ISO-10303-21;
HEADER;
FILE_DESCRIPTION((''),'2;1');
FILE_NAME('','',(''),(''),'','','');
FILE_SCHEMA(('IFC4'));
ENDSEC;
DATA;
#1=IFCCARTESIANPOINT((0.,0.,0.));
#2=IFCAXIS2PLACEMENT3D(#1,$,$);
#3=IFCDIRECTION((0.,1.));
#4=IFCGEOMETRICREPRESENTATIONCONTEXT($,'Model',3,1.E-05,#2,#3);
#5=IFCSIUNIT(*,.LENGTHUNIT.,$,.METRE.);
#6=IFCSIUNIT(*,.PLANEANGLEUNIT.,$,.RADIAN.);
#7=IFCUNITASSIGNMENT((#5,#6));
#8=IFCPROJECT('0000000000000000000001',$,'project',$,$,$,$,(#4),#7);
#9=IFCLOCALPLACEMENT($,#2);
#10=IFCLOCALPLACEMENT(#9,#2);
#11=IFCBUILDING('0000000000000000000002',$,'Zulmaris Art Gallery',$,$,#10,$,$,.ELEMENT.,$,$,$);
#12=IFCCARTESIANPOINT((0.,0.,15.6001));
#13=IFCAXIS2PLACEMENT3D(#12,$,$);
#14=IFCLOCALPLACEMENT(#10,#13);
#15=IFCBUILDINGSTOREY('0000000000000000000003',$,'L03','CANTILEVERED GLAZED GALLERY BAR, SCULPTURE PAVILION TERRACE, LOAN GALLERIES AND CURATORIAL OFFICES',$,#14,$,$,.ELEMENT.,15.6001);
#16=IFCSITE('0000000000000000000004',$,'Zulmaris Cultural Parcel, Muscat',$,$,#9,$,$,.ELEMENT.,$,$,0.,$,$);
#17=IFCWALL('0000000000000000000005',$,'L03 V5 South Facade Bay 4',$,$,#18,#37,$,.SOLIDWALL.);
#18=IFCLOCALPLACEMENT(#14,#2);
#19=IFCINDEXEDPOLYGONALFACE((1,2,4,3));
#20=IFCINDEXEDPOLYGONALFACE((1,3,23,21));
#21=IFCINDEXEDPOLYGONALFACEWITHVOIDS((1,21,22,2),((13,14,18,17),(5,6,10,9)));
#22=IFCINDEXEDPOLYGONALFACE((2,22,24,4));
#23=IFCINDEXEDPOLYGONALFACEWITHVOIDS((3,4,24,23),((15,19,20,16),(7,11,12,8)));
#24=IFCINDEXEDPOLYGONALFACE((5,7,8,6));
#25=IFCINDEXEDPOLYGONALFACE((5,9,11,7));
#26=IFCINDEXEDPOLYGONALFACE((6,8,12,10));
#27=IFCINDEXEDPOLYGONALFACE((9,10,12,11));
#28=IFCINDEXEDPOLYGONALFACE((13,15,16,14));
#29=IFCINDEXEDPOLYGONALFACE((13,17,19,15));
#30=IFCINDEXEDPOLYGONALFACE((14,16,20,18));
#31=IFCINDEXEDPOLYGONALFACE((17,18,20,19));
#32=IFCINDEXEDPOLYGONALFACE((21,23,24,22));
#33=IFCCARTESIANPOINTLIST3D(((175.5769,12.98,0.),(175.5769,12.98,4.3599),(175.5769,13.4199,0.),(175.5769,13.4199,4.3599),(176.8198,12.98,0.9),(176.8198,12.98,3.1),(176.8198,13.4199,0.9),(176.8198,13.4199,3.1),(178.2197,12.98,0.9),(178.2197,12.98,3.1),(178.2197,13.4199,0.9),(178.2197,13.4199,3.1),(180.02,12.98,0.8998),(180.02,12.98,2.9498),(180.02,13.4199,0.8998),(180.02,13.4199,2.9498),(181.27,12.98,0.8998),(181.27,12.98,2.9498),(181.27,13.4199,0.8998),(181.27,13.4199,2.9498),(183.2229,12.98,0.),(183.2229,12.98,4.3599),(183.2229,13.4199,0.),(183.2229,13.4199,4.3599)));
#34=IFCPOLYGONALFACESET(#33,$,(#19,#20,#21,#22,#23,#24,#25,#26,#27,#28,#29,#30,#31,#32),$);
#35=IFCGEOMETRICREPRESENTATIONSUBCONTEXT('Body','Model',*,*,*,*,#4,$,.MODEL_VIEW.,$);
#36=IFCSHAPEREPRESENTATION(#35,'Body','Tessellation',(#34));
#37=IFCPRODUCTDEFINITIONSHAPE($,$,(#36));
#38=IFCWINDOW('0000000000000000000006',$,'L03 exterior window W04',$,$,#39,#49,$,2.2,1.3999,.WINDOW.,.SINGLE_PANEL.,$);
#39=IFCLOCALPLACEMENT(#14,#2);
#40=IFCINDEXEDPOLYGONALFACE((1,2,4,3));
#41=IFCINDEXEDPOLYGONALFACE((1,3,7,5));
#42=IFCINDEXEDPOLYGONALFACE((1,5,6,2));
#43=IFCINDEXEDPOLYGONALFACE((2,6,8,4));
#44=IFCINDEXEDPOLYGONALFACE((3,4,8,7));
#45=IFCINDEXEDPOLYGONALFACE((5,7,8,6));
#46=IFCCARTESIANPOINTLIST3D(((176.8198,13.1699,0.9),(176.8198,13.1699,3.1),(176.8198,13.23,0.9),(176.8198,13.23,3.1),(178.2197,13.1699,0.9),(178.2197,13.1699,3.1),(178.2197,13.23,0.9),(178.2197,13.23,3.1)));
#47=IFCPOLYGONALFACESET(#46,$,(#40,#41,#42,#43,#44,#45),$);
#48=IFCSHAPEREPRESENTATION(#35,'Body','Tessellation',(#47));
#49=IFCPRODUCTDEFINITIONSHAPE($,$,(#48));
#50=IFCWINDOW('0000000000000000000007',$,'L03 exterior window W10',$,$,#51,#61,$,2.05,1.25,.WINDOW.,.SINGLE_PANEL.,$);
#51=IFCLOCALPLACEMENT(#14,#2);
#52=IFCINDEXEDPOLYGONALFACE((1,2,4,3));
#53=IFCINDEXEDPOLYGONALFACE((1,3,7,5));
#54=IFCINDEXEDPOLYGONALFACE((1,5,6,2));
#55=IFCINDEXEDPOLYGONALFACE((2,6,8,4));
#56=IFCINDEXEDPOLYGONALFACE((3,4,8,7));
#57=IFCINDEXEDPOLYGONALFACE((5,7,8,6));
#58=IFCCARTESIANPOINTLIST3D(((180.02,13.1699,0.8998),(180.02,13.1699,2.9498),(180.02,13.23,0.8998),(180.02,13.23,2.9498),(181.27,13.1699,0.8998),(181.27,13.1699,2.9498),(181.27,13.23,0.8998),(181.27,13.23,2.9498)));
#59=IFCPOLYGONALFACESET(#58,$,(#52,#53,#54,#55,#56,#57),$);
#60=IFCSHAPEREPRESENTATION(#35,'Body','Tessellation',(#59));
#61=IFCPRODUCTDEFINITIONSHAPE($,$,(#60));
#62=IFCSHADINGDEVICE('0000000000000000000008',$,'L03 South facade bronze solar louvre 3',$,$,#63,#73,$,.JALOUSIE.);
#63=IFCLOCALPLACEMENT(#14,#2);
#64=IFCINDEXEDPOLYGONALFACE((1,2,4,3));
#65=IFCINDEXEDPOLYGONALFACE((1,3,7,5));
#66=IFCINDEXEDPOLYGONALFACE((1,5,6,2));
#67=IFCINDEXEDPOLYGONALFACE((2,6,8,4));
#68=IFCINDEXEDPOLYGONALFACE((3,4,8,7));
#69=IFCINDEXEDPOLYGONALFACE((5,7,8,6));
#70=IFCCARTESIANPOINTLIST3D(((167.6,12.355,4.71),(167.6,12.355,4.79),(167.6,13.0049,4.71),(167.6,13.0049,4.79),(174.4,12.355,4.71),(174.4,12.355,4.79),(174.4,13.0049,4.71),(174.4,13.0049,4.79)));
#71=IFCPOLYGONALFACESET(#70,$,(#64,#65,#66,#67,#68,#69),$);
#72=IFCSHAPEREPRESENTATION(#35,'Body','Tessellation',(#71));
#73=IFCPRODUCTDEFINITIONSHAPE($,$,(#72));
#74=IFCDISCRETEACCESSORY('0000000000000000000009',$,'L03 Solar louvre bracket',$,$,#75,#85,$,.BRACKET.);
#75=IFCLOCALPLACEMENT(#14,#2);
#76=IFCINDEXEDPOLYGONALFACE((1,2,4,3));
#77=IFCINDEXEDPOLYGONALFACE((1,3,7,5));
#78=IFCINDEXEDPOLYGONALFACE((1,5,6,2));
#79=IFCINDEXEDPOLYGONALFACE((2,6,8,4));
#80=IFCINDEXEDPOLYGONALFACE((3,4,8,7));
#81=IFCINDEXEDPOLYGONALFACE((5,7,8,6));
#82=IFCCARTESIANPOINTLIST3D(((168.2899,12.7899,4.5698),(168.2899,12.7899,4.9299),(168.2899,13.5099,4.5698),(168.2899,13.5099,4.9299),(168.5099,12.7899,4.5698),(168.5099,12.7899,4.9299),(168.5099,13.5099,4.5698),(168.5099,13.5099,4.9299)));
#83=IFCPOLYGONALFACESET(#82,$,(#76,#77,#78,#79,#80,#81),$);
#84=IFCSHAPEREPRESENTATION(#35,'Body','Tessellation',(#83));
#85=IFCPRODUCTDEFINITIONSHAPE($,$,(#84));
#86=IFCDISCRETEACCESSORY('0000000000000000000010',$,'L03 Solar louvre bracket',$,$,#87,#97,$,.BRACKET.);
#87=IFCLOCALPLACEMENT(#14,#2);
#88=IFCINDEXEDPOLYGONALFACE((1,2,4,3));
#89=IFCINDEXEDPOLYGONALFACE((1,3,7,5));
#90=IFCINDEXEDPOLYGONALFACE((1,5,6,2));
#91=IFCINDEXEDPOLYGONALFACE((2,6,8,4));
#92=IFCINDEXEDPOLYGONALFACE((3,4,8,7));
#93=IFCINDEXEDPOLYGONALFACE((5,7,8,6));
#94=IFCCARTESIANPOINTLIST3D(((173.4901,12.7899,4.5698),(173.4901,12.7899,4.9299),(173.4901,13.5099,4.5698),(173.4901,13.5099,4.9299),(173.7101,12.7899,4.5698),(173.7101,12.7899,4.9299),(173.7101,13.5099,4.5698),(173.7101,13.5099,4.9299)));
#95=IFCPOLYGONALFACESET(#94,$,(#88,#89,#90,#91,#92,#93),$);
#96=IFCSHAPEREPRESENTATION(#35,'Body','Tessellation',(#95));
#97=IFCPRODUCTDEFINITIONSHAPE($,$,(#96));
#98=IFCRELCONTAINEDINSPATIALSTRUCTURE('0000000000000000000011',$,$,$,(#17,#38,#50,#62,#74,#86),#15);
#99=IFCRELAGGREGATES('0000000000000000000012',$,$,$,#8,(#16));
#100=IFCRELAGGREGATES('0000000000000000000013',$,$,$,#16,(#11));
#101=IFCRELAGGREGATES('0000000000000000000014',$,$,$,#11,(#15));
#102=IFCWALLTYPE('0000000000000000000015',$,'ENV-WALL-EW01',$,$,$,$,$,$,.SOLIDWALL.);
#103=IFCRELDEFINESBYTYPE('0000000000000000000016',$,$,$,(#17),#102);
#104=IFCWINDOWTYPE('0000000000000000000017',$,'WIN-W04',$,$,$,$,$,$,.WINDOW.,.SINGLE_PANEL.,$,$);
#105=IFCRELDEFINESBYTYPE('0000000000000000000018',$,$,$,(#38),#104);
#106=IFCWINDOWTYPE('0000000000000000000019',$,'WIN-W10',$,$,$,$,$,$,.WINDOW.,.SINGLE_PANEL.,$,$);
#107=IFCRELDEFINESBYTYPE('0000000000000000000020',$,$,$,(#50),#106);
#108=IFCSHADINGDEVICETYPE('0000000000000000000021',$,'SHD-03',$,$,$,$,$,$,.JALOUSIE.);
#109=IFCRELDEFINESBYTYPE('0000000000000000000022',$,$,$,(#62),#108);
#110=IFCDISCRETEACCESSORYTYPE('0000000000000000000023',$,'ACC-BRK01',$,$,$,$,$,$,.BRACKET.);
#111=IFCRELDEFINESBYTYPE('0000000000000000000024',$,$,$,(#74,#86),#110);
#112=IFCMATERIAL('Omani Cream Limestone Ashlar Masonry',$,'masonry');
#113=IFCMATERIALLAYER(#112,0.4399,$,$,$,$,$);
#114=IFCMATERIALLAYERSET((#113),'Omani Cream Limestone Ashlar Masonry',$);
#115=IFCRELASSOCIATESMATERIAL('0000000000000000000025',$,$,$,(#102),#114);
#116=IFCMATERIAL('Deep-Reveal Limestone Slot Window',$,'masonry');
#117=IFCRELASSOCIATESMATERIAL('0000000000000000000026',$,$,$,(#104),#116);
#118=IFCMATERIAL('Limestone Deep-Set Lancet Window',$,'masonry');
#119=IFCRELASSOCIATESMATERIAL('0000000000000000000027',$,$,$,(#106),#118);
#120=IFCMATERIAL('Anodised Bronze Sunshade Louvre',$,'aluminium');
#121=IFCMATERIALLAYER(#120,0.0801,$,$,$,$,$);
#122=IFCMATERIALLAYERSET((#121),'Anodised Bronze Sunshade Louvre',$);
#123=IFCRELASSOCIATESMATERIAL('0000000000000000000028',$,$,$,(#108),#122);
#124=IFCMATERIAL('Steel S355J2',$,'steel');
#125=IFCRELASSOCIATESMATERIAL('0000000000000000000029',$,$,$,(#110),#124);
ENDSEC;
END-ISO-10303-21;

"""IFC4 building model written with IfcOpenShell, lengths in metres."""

from ifc_helpers import new_model, si_unit, direction, frame, frame_2d, origin, origin_2d, place, context, subcontext, project, spatial, rectangle, extrude, material, layer, layer_set, type_object, element, fill, save


model = new_model("IFC4")

# Units and contexts
model_context = context("Model", 3, precision=1e-05, world=origin(), true_north=direction((0.0, 1.0)))
body_context = subcontext(model_context, "Body", "Model", "MODEL_VIEW")
ifc_project = project(units=[si_unit("LENGTHUNIT", "METRE"), si_unit("PLANEANGLEUNIT", "RADIAN")], contexts=[model_context])

# Site, building, storey
site_placement = place(None, origin())
site = spatial("IfcSite", under=ifc_project, at=site_placement, Name="Zulmaris Cultural Parcel, Muscat", CompositionType="ELEMENT", RefElevation=0.0)
building_placement = place(site_placement, origin())
building = spatial("IfcBuilding", under=site, at=building_placement, Name="Zulmaris Art Gallery", CompositionType="ELEMENT")
storey_placement = place(building_placement, frame((0.0, 0.0, 15.6001)))
storey = spatial("IfcBuildingStorey", under=building, at=storey_placement, Name="L03", Description="CANTILEVERED GLAZED GALLERY BAR, SCULPTURE PAVILION TERRACE, LOAN GALLERIES AND CURATORIAL OFFICES", CompositionType="ELEMENT", Elevation=15.6001)

# Shared definitions
ifc_material_1 = material(Name="Steel S355J2", Category="steel")

# Wall, openings, windows
ifc_material_2 = material(Name="Omani Cream Limestone Ashlar Masonry", Category="masonry")
ifc_layer_1 = layer(ifc_material_2, 0.4399)
ifc_layer_set_1 = layer_set([ifc_layer_1], Name="Omani Cream Limestone Ashlar Masonry")
wall_type = type_object("IfcWallType", Name="ENV-WALL-EW01", PredefinedType="SOLIDWALL", material=ifc_layer_set_1)
ifc_material_3 = material(Name="Deep-Reveal Limestone Slot Window", Category="masonry")
window_type_1 = type_object("IfcWindowType", Name="WIN-W04", PartitioningType="SINGLE_PANEL", PredefinedType="WINDOW", material=ifc_material_3)
ifc_material_4 = material(Name="Limestone Deep-Set Lancet Window", Category="masonry")
window_type_2 = type_object("IfcWindowType", Name="WIN-W10", PartitioningType="SINGLE_PANEL", PredefinedType="WINDOW", material=ifc_material_4)
wall_1_placement = place(storey_placement, frame((175.5769, 13.2, 0.0), z_axis=(0.0, 0.0, 1.0), x_axis=(1.0, 0.0, 0.0)))
wall_1 = element("IfcWall", 1, at=wall_1_placement, inside=storey, type_object=wall_type, Name="L03 V5 South Facade Bay 4", PredefinedType="SOLIDWALL", context=body_context, shape_type="SweptSolid", body=[
    extrude(rectangle(XDim=7.646, YDim=0.4399, at=frame_2d((3.823, 0.0))), origin(), (0.0, 0.0, 1.0), 4.3599),
])
opening_1_placement = place(wall_1_placement, frame((1.2429, 0.0, 0.8999)))
opening_1 = element("IfcOpeningElement", 2, at=opening_1_placement, cuts=wall_1, PredefinedType="OPENING", context=body_context, shape_type="SweptSolid", body=[
    extrude(rectangle(XDim=1.3999, YDim=2.2, at=frame_2d((0.7, 1.1001))), frame((0.0, 0.23, 0.0), z_axis=(0.0, -1.0, 0.0), x_axis=(1.0, 0.0, 0.0)), (0.0, 0.0, 1.0), 0.46),
])
opening_2_placement = place(wall_1_placement, frame((4.4431, 0.0, 0.8999)))
opening_2 = element("IfcOpeningElement", 3, at=opening_2_placement, cuts=wall_1, PredefinedType="OPENING", context=body_context, shape_type="SweptSolid", body=[
    extrude(rectangle(XDim=1.25, YDim=2.05, at=frame_2d((0.625, 1.0249))), frame((0.0, 0.23, 0.0), z_axis=(0.0, -1.0, 0.0), x_axis=(1.0, 0.0, 0.0)), (0.0, 0.0, 1.0), 0.46),
])
window_1_placement = place(opening_1_placement, origin())
window_1 = element("IfcWindow", 4, at=window_1_placement, inside=storey, type_object=window_type_1, Name="L03 exterior window W04", OverallHeight=2.2, OverallWidth=1.3999, PartitioningType="SINGLE_PANEL", PredefinedType="WINDOW", context=body_context, shape_type="SweptSolid", body=[
    extrude(rectangle(XDim=1.3999, YDim=2.2, at=frame_2d((0.7, 1.1001))), frame((0.0, 0.03, 0.0), z_axis=(0.0, -1.0, 0.0), x_axis=(1.0, 0.0, 0.0)), (0.0, 0.0, 1.0), 0.0601),
])
fill(opening_1, window_1)
window_2_placement = place(opening_2_placement, origin())
window_2 = element("IfcWindow", 5, at=window_2_placement, inside=storey, type_object=window_type_2, Name="L03 exterior window W10", OverallHeight=2.05, OverallWidth=1.25, PartitioningType="SINGLE_PANEL", PredefinedType="WINDOW", context=body_context, shape_type="SweptSolid", body=[
    extrude(rectangle(XDim=1.25, YDim=2.05, at=frame_2d((0.625, 1.0249))), frame((0.0, 0.03, 0.0), z_axis=(0.0, -1.0, 0.0), x_axis=(1.0, 0.0, 0.0)), (0.0, 0.0, 1.0), 0.0601),
])
fill(opening_2, window_2)

# Shading device
ifc_material_5 = material(Name="Anodised Bronze Sunshade Louvre", Category="aluminium")
ifc_layer_2 = layer(ifc_material_5, 0.0801)
ifc_layer_set_2 = layer_set([ifc_layer_2], Name="Anodised Bronze Sunshade Louvre")
shading_device_type = type_object("IfcShadingDeviceType", Name="SHD-03", PredefinedType="JALOUSIE", material=ifc_layer_set_2)
shading_device_placement = place(storey_placement, frame((171.0, 12.6799, 4.71), z_axis=(0.0, 0.0, 1.0), x_axis=(1.0, 0.0, 0.0)))
element("IfcShadingDevice", 6, at=shading_device_placement, inside=storey, type_object=shading_device_type, Name="L03 South facade bronze solar louvre 3", PredefinedType="JALOUSIE", context=body_context, shape_type="SweptSolid", body=[
    extrude(rectangle(XDim=6.8, YDim=0.6499, at=origin_2d()), origin(), (0.0, 0.0, 1.0), 0.0801),
])

# Discrete accessories
discrete_accessory_type = type_object("IfcDiscreteAccessoryType", Name="ACC-BRK01", PredefinedType="BRACKET", material=ifc_material_1)
for number, where, z_axis, x_axis, name in (
    (7, (168.3999, 13.1499, 4.5698), (0.0, 0.0, 1.0), (1.0, 0.0, 0.0), "L03 Solar louvre bracket"),
    (8, (173.6001, 13.1499, 4.5698), (0.0, 0.0, 1.0), (1.0, 0.0, 0.0), "L03 Solar louvre bracket"),
):
    element("IfcDiscreteAccessory", number, at=place(storey_placement, frame(where, z_axis=z_axis, x_axis=x_axis)), inside=storey, type_object=discrete_accessory_type, Name=name, PredefinedType="BRACKET", context=body_context, shape_type="SweptSolid", body=[
        extrude(rectangle(XDim=0.22, YDim=0.72, at=origin_2d()), origin(), (0.0, 0.0, 1.0), 0.3601),
    ])

save(model, "model.ifc")
